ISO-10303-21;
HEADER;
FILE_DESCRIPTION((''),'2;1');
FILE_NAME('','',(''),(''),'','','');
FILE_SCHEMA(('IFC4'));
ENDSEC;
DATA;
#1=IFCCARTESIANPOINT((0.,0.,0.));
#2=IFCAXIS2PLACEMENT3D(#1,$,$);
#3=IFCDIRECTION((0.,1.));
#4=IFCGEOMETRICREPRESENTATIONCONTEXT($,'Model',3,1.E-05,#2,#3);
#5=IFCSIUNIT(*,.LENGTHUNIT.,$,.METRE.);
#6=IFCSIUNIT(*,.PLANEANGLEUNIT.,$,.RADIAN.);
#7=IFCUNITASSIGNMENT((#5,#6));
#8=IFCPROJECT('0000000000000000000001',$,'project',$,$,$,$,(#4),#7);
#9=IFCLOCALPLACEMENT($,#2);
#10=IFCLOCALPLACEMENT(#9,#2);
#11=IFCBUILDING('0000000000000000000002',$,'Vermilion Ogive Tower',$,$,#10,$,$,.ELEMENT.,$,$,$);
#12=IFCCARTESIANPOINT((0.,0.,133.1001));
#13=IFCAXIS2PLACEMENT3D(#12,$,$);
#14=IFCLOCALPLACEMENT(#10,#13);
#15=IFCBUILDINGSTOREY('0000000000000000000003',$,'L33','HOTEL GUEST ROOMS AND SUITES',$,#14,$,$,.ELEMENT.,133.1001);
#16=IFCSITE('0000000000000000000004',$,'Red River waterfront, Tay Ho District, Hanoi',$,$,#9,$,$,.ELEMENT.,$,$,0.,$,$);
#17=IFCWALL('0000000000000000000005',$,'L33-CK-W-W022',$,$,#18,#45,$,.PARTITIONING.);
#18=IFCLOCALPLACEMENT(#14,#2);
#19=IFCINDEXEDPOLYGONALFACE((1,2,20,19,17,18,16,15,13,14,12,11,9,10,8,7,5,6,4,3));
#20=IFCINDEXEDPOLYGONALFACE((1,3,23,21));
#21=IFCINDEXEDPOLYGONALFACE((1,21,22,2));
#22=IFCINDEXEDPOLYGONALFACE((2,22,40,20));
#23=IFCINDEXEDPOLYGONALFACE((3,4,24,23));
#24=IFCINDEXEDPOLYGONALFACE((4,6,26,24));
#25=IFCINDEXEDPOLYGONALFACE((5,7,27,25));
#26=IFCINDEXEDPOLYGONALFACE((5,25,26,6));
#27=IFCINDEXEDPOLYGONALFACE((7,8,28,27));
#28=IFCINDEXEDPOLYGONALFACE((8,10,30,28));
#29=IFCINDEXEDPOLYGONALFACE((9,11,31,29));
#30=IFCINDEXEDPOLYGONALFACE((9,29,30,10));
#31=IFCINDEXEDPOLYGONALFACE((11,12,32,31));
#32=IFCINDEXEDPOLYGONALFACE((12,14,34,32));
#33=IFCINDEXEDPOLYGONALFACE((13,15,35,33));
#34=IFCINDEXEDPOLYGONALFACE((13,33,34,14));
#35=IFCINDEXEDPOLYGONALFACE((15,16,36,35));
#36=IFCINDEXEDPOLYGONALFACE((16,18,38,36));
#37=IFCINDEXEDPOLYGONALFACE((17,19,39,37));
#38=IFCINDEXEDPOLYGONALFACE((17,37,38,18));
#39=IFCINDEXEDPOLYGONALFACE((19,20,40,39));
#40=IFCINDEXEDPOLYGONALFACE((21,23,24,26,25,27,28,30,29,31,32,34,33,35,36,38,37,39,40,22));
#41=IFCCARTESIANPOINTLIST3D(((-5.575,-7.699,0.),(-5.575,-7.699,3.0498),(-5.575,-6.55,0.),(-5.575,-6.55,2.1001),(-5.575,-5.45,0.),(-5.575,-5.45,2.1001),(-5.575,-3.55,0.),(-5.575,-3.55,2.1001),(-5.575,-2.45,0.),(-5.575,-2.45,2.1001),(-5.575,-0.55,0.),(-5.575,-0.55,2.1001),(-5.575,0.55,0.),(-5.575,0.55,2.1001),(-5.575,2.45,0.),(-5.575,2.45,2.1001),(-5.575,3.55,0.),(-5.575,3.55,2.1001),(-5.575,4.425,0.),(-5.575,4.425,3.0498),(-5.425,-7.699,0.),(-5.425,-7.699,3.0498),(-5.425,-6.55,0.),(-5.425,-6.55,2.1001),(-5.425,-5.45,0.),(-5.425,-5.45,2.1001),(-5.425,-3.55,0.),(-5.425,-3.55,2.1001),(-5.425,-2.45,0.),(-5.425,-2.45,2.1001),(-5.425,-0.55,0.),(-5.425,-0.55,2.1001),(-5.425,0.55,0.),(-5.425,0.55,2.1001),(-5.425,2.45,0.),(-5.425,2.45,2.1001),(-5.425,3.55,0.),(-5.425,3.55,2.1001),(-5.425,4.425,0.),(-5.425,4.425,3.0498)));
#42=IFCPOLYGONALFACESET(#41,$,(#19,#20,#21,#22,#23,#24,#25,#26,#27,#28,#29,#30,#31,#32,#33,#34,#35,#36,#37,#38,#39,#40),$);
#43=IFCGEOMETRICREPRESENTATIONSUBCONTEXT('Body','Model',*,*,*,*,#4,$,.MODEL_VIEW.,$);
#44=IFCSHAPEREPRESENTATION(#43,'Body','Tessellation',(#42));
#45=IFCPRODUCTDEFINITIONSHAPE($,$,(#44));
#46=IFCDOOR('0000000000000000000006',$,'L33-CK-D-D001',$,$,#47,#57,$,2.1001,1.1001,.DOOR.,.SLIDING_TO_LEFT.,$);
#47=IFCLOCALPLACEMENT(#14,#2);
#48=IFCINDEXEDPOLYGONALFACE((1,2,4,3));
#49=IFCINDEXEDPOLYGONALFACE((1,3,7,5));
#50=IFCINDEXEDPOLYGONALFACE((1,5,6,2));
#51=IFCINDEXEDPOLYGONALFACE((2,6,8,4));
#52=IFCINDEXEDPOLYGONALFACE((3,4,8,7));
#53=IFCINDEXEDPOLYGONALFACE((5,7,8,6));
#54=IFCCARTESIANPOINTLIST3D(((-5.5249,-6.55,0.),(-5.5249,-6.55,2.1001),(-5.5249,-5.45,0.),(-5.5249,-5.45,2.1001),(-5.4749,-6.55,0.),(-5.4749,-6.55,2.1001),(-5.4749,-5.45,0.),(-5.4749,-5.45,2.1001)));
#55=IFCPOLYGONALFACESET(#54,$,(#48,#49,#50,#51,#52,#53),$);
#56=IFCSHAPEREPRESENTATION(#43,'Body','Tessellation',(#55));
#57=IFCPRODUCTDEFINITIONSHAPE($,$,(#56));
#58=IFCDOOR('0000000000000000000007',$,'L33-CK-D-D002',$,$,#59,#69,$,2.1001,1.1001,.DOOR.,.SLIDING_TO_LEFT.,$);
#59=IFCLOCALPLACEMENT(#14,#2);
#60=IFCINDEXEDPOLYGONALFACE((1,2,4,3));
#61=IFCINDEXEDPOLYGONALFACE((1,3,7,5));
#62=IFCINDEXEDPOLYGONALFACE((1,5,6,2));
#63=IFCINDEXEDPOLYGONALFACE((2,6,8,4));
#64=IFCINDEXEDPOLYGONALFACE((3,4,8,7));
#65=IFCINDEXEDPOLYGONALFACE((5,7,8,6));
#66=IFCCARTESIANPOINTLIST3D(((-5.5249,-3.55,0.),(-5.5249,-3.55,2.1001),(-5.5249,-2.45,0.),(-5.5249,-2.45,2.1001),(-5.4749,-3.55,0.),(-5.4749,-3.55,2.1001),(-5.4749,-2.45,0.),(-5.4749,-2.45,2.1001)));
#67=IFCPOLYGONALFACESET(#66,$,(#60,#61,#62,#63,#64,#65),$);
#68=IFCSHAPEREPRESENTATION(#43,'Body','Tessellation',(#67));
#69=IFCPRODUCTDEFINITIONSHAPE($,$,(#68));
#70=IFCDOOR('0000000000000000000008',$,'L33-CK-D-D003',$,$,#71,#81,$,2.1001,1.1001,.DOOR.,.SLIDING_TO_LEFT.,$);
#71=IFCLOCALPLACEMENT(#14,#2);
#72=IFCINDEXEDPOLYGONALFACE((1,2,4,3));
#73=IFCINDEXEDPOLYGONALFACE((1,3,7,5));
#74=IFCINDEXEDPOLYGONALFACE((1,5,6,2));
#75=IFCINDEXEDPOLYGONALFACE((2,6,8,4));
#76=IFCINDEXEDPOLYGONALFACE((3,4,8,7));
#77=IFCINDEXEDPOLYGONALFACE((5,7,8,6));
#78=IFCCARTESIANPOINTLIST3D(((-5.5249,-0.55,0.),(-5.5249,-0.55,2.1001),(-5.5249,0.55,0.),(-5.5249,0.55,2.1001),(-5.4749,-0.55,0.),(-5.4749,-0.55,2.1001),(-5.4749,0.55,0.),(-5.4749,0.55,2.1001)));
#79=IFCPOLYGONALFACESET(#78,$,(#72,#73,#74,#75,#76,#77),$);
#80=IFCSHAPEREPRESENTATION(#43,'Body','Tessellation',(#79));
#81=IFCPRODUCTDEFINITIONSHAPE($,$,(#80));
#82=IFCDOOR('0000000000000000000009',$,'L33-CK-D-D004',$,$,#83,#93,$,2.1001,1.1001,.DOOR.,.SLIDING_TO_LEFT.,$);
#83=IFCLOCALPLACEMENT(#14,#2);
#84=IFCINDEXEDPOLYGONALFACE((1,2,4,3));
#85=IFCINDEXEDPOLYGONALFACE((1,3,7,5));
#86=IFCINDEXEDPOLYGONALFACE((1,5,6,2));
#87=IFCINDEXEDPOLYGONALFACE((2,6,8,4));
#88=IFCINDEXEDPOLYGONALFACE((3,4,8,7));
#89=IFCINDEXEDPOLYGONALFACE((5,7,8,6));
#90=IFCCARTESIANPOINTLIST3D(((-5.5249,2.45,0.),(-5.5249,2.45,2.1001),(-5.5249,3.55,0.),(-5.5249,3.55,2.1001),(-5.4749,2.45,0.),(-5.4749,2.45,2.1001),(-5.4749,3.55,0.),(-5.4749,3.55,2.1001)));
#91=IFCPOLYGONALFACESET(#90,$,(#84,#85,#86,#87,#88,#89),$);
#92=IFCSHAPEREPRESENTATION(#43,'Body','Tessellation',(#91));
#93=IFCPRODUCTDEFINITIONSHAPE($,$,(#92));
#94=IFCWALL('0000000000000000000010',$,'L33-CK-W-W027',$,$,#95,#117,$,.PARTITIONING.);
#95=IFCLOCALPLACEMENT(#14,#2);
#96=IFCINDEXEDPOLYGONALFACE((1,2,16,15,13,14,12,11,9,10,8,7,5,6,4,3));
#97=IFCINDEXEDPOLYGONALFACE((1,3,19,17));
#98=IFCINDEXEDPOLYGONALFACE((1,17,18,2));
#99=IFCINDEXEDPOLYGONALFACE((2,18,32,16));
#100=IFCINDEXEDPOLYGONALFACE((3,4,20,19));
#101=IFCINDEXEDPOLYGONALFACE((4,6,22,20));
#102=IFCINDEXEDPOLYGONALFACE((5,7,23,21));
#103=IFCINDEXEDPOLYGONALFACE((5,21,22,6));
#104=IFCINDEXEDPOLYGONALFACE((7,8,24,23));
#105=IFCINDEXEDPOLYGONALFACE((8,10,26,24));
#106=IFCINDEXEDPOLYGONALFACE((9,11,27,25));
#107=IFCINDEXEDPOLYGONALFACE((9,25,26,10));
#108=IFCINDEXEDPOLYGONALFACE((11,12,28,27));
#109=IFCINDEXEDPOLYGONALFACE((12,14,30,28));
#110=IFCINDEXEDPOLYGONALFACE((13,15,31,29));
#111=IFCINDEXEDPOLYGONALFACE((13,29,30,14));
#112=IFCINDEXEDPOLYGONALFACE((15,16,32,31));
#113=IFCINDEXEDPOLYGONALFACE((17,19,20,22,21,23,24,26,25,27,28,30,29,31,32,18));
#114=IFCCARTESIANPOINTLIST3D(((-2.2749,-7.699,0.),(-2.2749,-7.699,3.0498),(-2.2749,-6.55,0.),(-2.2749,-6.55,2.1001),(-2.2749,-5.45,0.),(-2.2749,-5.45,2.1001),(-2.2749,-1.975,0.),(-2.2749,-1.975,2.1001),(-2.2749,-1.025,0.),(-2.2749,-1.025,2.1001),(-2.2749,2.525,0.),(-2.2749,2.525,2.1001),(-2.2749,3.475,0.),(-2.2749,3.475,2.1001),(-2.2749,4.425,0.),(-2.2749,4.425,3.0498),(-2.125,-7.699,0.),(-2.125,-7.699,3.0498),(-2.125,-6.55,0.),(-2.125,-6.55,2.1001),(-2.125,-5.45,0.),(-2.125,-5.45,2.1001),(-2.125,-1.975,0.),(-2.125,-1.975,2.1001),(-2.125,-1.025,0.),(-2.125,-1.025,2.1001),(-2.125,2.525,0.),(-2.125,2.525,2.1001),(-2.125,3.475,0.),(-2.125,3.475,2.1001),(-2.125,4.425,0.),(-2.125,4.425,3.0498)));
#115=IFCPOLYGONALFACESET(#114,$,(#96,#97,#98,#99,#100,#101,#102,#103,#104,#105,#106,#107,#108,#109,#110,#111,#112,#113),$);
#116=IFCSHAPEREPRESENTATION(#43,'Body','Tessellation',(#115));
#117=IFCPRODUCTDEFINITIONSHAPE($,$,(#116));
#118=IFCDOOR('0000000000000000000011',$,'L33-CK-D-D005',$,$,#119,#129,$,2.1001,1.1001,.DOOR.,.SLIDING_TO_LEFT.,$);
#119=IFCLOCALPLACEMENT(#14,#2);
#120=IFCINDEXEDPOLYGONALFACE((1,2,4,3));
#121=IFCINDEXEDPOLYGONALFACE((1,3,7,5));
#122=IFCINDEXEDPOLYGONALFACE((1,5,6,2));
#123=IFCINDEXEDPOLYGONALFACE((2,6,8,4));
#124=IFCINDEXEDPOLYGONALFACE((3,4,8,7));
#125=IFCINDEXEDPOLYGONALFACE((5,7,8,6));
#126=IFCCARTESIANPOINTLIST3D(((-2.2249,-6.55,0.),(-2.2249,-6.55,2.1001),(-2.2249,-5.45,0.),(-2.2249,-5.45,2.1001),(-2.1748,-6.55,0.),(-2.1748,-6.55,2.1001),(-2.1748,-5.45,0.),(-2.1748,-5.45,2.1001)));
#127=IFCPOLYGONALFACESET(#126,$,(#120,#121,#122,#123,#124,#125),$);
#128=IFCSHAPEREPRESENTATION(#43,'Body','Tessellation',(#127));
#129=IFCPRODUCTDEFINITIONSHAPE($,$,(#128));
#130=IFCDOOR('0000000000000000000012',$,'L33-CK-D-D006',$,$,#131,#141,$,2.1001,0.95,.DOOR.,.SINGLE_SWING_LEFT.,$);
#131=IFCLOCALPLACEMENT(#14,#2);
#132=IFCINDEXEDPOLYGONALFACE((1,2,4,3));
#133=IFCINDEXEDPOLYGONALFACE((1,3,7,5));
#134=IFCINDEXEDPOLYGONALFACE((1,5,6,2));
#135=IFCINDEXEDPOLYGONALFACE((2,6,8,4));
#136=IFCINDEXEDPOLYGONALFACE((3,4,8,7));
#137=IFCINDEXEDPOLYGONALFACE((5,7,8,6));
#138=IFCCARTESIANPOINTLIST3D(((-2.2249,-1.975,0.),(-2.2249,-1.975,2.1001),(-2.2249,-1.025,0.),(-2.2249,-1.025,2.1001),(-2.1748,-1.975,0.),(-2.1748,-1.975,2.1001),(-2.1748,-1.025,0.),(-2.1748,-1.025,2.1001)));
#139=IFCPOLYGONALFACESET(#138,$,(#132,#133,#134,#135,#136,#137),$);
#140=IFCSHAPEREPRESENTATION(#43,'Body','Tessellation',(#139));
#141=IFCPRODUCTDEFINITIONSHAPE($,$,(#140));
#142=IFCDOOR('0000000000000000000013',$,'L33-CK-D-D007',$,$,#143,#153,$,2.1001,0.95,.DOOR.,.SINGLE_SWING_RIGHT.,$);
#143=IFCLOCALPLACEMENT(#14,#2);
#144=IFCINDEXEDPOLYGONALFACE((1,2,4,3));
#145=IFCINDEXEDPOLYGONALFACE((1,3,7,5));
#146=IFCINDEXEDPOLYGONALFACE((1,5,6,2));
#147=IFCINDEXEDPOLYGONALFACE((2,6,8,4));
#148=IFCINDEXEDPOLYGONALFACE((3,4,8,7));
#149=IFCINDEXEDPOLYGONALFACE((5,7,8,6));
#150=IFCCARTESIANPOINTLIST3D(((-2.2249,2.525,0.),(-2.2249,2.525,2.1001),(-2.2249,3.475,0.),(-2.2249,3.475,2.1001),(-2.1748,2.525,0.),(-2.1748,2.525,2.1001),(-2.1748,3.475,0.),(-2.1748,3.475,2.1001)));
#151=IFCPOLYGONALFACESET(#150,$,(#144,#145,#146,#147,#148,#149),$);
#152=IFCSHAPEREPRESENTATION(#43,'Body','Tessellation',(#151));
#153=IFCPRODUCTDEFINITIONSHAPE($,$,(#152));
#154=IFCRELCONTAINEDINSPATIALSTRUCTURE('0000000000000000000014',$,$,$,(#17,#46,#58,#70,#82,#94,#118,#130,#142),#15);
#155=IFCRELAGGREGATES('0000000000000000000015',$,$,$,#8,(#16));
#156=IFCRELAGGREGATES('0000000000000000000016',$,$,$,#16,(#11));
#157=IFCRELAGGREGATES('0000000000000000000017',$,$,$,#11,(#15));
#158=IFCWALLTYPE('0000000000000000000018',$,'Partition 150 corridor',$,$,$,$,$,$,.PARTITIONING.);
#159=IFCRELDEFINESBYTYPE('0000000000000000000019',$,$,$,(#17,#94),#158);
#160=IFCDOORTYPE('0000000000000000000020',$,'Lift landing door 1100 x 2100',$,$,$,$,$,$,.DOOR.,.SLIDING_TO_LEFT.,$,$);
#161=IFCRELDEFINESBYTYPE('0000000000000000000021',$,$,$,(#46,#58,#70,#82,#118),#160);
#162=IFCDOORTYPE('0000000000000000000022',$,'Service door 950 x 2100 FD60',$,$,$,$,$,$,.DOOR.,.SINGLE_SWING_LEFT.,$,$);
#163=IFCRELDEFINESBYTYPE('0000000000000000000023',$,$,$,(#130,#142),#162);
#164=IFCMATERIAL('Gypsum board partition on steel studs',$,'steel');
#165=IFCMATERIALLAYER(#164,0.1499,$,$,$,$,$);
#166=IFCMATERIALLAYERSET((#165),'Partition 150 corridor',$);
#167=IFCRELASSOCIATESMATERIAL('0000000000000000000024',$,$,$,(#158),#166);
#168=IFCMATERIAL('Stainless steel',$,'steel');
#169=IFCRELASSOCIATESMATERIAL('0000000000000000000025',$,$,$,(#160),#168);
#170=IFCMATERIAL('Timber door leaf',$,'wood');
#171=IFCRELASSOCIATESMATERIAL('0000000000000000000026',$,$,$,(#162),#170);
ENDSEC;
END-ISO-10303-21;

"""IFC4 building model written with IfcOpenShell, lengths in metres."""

from ifc_helpers import new_model, si_unit, direction, frame, frame_2d, origin, place, context, subcontext, project, spatial, rectangle, extrude, material, layer, layer_set, type_object, element, fill, save


model = new_model("IFC4")

# Units and contexts
model_context = context("Model", 3, precision=1e-05, world=origin(), true_north=direction((0.0, 1.0)))
body_context = subcontext(model_context, "Body", "Model", "MODEL_VIEW")
ifc_project = project(units=[si_unit("LENGTHUNIT", "METRE"), si_unit("PLANEANGLEUNIT", "RADIAN")], contexts=[model_context])

# Site, building, storey
site_placement = place(None, origin())
site = spatial("IfcSite", under=ifc_project, at=site_placement, Name="Red River waterfront, Tay Ho District, Hanoi", CompositionType="ELEMENT", RefElevation=0.0)
building_placement = place(site_placement, origin())
building = spatial("IfcBuilding", under=site, at=building_placement, Name="Vermilion Ogive Tower", CompositionType="ELEMENT")
storey_placement = place(building_placement, frame((0.0, 0.0, 133.1001)))
storey = spatial("IfcBuildingStorey", under=building, at=storey_placement, Name="L33", Description="HOTEL GUEST ROOMS AND SUITES", CompositionType="ELEMENT", Elevation=133.1001)

# Shared definitions
ifc_material_1 = material(Name="Gypsum board partition on steel studs", Category="steel")
ifc_layer_1 = layer(ifc_material_1, 0.1499)
ifc_layer_set_1 = layer_set([ifc_layer_1], Name="Partition 150 corridor")
wall_type_1 = type_object("IfcWallType", Name="Partition 150 corridor", PredefinedType="PARTITIONING", material=ifc_layer_set_1)

# Walls, openings, doors
wall_1_placement = place(storey_placement, frame((-5.5, -7.699, 0.0), z_axis=(0.0, 0.0, 1.0), x_axis=(0.0, 1.0, 0.0)))
wall_1 = element("IfcWall", 1, at=wall_1_placement, inside=storey, type_object=wall_type_1, Name="L33-CK-W-W022", PredefinedType="PARTITIONING", context=body_context, shape_type="SweptSolid", body=[
    extrude(rectangle(XDim=12.124, YDim=0.1499, at=frame_2d((6.062, 0.0))), origin(), (0.0, 0.0, 1.0), 3.0498),
])
opening_1_placement = place(wall_1_placement, frame((1.1489, 0.0, 0.0)))
opening_1 = element("IfcOpeningElement", 2, at=opening_1_placement, cuts=wall_1, PredefinedType="OPENING", context=body_context, shape_type="SweptSolid", body=[
    extrude(rectangle(XDim=1.1001, YDim=2.1001, at=frame_2d((0.55, 1.05))), frame((0.0, 0.085, 0.0), z_axis=(0.0, -1.0, 0.0), x_axis=(1.0, 0.0, 0.0)), (0.0, 0.0, 1.0), 0.1699),
])
opening_2_placement = place(wall_1_placement, frame((4.1489, 0.0, 0.0)))
opening_2 = element("IfcOpeningElement", 3, at=opening_2_placement, cuts=wall_1, PredefinedType="OPENING", context=body_context, shape_type="SweptSolid", body=[
    extrude(rectangle(XDim=1.1001, YDim=2.1001, at=frame_2d((0.55, 1.05))), frame((0.0, 0.085, 0.0), z_axis=(0.0, -1.0, 0.0), x_axis=(1.0, 0.0, 0.0)), (0.0, 0.0, 1.0), 0.1699),
])
opening_3_placement = place(wall_1_placement, frame((7.1489, 0.0, 0.0)))
opening_3 = element("IfcOpeningElement", 4, at=opening_3_placement, cuts=wall_1, PredefinedType="OPENING", context=body_context, shape_type="SweptSolid", body=[
    extrude(rectangle(XDim=1.1001, YDim=2.1001, at=frame_2d((0.55, 1.05))), frame((0.0, 0.085, 0.0), z_axis=(0.0, -1.0, 0.0), x_axis=(1.0, 0.0, 0.0)), (0.0, 0.0, 1.0), 0.1699),
])
opening_4_placement = place(wall_1_placement, frame((10.1489, 0.0, 0.0)))
opening_4 = element("IfcOpeningElement", 5, at=opening_4_placement, cuts=wall_1, PredefinedType="OPENING", context=body_context, shape_type="SweptSolid", body=[
    extrude(rectangle(XDim=1.1001, YDim=2.1001, at=frame_2d((0.55, 1.05))), frame((0.0, 0.085, 0.0), z_axis=(0.0, -1.0, 0.0), x_axis=(1.0, 0.0, 0.0)), (0.0, 0.0, 1.0), 0.1699),
])
ifc_material_2 = material(Name="Stainless steel", Category="steel")
door_type_1 = type_object("IfcDoorType", Name="Lift landing door 1100 x 2100", OperationType="SLIDING_TO_LEFT", PredefinedType="DOOR", material=ifc_material_2)
door_1_placement = place(opening_1_placement, origin())
door_1 = element("IfcDoor", 6, at=door_1_placement, inside=storey, type_object=door_type_1, Name="L33-CK-D-D001", OperationType="SLIDING_TO_LEFT", OverallHeight=2.1001, OverallWidth=1.1001, PredefinedType="DOOR", context=body_context, shape_type="SweptSolid", body=[
    extrude(rectangle(XDim=1.1001, YDim=2.1001, at=frame_2d((0.55, 1.05))), frame((0.0, 0.0249, 0.0), z_axis=(0.0, -1.0, 0.0), x_axis=(1.0, 0.0, 0.0)), (0.0, 0.0, 1.0), 0.05),
])
fill(opening_1, door_1)
door_2_placement = place(opening_2_placement, origin())
door_2 = element("IfcDoor", 7, at=door_2_placement, inside=storey, type_object=door_type_1, Name="L33-CK-D-D002", OperationType="SLIDING_TO_LEFT", OverallHeight=2.1001, OverallWidth=1.1001, PredefinedType="DOOR", context=body_context, shape_type="SweptSolid", body=[
    extrude(rectangle(XDim=1.1001, YDim=2.1001, at=frame_2d((0.55, 1.05))), frame((0.0, 0.0249, 0.0), z_axis=(0.0, -1.0, 0.0), x_axis=(1.0, 0.0, 0.0)), (0.0, 0.0, 1.0), 0.05),
])
fill(opening_2, door_2)
door_3_placement = place(opening_3_placement, origin())
door_3 = element("IfcDoor", 8, at=door_3_placement, inside=storey, type_object=door_type_1, Name="L33-CK-D-D003", OperationType="SLIDING_TO_LEFT", OverallHeight=2.1001, OverallWidth=1.1001, PredefinedType="DOOR", context=body_context, shape_type="SweptSolid", body=[
    extrude(rectangle(XDim=1.1001, YDim=2.1001, at=frame_2d((0.55, 1.05))), frame((0.0, 0.0249, 0.0), z_axis=(0.0, -1.0, 0.0), x_axis=(1.0, 0.0, 0.0)), (0.0, 0.0, 1.0), 0.05),
])
fill(opening_3, door_3)
door_4_placement = place(opening_4_placement, origin())
door_4 = element("IfcDoor", 9, at=door_4_placement, inside=storey, type_object=door_type_1, Name="L33-CK-D-D004", OperationType="SLIDING_TO_LEFT", OverallHeight=2.1001, OverallWidth=1.1001, PredefinedType="DOOR", context=body_context, shape_type="SweptSolid", body=[
    extrude(rectangle(XDim=1.1001, YDim=2.1001, at=frame_2d((0.55, 1.05))), frame((0.0, 0.0249, 0.0), z_axis=(0.0, -1.0, 0.0), x_axis=(1.0, 0.0, 0.0)), (0.0, 0.0, 1.0), 0.05),
])
fill(opening_4, door_4)
wall_2_placement = place(storey_placement, frame((-2.2, -7.699, 0.0), z_axis=(0.0, 0.0, 1.0), x_axis=(0.0, 1.0, 0.0)))
wall_2 = element("IfcWall", 10, at=wall_2_placement, inside=storey, type_object=wall_type_1, Name="L33-CK-W-W027", PredefinedType="PARTITIONING", context=body_context, shape_type="SweptSolid", body=[
    extrude(rectangle(XDim=12.124, YDim=0.1499, at=frame_2d((6.062, 0.0))), origin(), (0.0, 0.0, 1.0), 3.0498),
])
opening_5_placement = place(wall_2_placement, frame((1.1489, 0.0, 0.0)))
opening_5 = element("IfcOpeningElement", 11, at=opening_5_placement, cuts=wall_2, PredefinedType="OPENING", context=body_context, shape_type="SweptSolid", body=[
    extrude(rectangle(XDim=1.1001, YDim=2.1001, at=frame_2d((0.55, 1.05))), frame((0.0, 0.085, 0.0), z_axis=(0.0, -1.0, 0.0), x_axis=(1.0, 0.0, 0.0)), (0.0, 0.0, 1.0), 0.1699),
])
opening_6_placement = place(wall_2_placement, frame((5.7239, 0.0, 0.0)))
opening_6 = element("IfcOpeningElement", 12, at=opening_6_placement, cuts=wall_2, PredefinedType="OPENING", context=body_context, shape_type="SweptSolid", body=[
    extrude(rectangle(XDim=0.95, YDim=2.1001, at=frame_2d((0.4751, 1.05))), frame((0.0, 0.085, 0.0), z_axis=(0.0, -1.0, 0.0), x_axis=(1.0, 0.0, 0.0)), (0.0, 0.0, 1.0), 0.1699),
])
opening_7_placement = place(wall_2_placement, frame((10.2239, 0.0, 0.0)))
opening_7 = element("IfcOpeningElement", 13, at=opening_7_placement, cuts=wall_2, PredefinedType="OPENING", context=body_context, shape_type="SweptSolid", body=[
    extrude(rectangle(XDim=0.95, YDim=2.1001, at=frame_2d((0.4751, 1.05))), frame((0.0, 0.085, 0.0), z_axis=(0.0, -1.0, 0.0), x_axis=(1.0, 0.0, 0.0)), (0.0, 0.0, 1.0), 0.1699),
])
door_5_placement = place(opening_5_placement, origin())
door_5 = element("IfcDoor", 14, at=door_5_placement, inside=storey, type_object=door_type_1, Name="L33-CK-D-D005", OperationType="SLIDING_TO_LEFT", OverallHeight=2.1001, OverallWidth=1.1001, PredefinedType="DOOR", context=body_context, shape_type="SweptSolid", body=[
    extrude(rectangle(XDim=1.1001, YDim=2.1001, at=frame_2d((0.55, 1.05))), frame((0.0, 0.0249, 0.0), z_axis=(0.0, -1.0, 0.0), x_axis=(1.0, 0.0, 0.0)), (0.0, 0.0, 1.0), 0.05),
])
fill(opening_5, door_5)
ifc_material_3 = material(Name="Timber door leaf", Category="wood")
door_type_2 = type_object("IfcDoorType", Name="Service door 950 x 2100 FD60", OperationType="SINGLE_SWING_LEFT", PredefinedType="DOOR", material=ifc_material_3)
door_6_placement = place(opening_6_placement, origin())
door_6 = element("IfcDoor", 15, at=door_6_placement, inside=storey, type_object=door_type_2, Name="L33-CK-D-D006", OperationType="SINGLE_SWING_LEFT", OverallHeight=2.1001, OverallWidth=0.95, PredefinedType="DOOR", context=body_context, shape_type="SweptSolid", body=[
    extrude(rectangle(XDim=0.95, YDim=2.1001, at=frame_2d((0.4751, 1.05))), frame((0.0, 0.0249, 0.0), z_axis=(0.0, -1.0, 0.0), x_axis=(1.0, 0.0, 0.0)), (0.0, 0.0, 1.0), 0.05),
])
fill(opening_6, door_6)
door_7_placement = place(opening_7_placement, origin())
door_7 = element("IfcDoor", 16, at=door_7_placement, inside=storey, type_object=door_type_2, Name="L33-CK-D-D007", OperationType="SINGLE_SWING_RIGHT", OverallHeight=2.1001, OverallWidth=0.95, PredefinedType="DOOR", context=body_context, shape_type="SweptSolid", body=[
    extrude(rectangle(XDim=0.95, YDim=2.1001, at=frame_2d((0.4751, 1.05))), frame((0.0, 0.0249, 0.0), z_axis=(0.0, -1.0, 0.0), x_axis=(1.0, 0.0, 0.0)), (0.0, 0.0, 1.0), 0.05),
])
fill(opening_7, door_7)

save(model, "model.ifc")
